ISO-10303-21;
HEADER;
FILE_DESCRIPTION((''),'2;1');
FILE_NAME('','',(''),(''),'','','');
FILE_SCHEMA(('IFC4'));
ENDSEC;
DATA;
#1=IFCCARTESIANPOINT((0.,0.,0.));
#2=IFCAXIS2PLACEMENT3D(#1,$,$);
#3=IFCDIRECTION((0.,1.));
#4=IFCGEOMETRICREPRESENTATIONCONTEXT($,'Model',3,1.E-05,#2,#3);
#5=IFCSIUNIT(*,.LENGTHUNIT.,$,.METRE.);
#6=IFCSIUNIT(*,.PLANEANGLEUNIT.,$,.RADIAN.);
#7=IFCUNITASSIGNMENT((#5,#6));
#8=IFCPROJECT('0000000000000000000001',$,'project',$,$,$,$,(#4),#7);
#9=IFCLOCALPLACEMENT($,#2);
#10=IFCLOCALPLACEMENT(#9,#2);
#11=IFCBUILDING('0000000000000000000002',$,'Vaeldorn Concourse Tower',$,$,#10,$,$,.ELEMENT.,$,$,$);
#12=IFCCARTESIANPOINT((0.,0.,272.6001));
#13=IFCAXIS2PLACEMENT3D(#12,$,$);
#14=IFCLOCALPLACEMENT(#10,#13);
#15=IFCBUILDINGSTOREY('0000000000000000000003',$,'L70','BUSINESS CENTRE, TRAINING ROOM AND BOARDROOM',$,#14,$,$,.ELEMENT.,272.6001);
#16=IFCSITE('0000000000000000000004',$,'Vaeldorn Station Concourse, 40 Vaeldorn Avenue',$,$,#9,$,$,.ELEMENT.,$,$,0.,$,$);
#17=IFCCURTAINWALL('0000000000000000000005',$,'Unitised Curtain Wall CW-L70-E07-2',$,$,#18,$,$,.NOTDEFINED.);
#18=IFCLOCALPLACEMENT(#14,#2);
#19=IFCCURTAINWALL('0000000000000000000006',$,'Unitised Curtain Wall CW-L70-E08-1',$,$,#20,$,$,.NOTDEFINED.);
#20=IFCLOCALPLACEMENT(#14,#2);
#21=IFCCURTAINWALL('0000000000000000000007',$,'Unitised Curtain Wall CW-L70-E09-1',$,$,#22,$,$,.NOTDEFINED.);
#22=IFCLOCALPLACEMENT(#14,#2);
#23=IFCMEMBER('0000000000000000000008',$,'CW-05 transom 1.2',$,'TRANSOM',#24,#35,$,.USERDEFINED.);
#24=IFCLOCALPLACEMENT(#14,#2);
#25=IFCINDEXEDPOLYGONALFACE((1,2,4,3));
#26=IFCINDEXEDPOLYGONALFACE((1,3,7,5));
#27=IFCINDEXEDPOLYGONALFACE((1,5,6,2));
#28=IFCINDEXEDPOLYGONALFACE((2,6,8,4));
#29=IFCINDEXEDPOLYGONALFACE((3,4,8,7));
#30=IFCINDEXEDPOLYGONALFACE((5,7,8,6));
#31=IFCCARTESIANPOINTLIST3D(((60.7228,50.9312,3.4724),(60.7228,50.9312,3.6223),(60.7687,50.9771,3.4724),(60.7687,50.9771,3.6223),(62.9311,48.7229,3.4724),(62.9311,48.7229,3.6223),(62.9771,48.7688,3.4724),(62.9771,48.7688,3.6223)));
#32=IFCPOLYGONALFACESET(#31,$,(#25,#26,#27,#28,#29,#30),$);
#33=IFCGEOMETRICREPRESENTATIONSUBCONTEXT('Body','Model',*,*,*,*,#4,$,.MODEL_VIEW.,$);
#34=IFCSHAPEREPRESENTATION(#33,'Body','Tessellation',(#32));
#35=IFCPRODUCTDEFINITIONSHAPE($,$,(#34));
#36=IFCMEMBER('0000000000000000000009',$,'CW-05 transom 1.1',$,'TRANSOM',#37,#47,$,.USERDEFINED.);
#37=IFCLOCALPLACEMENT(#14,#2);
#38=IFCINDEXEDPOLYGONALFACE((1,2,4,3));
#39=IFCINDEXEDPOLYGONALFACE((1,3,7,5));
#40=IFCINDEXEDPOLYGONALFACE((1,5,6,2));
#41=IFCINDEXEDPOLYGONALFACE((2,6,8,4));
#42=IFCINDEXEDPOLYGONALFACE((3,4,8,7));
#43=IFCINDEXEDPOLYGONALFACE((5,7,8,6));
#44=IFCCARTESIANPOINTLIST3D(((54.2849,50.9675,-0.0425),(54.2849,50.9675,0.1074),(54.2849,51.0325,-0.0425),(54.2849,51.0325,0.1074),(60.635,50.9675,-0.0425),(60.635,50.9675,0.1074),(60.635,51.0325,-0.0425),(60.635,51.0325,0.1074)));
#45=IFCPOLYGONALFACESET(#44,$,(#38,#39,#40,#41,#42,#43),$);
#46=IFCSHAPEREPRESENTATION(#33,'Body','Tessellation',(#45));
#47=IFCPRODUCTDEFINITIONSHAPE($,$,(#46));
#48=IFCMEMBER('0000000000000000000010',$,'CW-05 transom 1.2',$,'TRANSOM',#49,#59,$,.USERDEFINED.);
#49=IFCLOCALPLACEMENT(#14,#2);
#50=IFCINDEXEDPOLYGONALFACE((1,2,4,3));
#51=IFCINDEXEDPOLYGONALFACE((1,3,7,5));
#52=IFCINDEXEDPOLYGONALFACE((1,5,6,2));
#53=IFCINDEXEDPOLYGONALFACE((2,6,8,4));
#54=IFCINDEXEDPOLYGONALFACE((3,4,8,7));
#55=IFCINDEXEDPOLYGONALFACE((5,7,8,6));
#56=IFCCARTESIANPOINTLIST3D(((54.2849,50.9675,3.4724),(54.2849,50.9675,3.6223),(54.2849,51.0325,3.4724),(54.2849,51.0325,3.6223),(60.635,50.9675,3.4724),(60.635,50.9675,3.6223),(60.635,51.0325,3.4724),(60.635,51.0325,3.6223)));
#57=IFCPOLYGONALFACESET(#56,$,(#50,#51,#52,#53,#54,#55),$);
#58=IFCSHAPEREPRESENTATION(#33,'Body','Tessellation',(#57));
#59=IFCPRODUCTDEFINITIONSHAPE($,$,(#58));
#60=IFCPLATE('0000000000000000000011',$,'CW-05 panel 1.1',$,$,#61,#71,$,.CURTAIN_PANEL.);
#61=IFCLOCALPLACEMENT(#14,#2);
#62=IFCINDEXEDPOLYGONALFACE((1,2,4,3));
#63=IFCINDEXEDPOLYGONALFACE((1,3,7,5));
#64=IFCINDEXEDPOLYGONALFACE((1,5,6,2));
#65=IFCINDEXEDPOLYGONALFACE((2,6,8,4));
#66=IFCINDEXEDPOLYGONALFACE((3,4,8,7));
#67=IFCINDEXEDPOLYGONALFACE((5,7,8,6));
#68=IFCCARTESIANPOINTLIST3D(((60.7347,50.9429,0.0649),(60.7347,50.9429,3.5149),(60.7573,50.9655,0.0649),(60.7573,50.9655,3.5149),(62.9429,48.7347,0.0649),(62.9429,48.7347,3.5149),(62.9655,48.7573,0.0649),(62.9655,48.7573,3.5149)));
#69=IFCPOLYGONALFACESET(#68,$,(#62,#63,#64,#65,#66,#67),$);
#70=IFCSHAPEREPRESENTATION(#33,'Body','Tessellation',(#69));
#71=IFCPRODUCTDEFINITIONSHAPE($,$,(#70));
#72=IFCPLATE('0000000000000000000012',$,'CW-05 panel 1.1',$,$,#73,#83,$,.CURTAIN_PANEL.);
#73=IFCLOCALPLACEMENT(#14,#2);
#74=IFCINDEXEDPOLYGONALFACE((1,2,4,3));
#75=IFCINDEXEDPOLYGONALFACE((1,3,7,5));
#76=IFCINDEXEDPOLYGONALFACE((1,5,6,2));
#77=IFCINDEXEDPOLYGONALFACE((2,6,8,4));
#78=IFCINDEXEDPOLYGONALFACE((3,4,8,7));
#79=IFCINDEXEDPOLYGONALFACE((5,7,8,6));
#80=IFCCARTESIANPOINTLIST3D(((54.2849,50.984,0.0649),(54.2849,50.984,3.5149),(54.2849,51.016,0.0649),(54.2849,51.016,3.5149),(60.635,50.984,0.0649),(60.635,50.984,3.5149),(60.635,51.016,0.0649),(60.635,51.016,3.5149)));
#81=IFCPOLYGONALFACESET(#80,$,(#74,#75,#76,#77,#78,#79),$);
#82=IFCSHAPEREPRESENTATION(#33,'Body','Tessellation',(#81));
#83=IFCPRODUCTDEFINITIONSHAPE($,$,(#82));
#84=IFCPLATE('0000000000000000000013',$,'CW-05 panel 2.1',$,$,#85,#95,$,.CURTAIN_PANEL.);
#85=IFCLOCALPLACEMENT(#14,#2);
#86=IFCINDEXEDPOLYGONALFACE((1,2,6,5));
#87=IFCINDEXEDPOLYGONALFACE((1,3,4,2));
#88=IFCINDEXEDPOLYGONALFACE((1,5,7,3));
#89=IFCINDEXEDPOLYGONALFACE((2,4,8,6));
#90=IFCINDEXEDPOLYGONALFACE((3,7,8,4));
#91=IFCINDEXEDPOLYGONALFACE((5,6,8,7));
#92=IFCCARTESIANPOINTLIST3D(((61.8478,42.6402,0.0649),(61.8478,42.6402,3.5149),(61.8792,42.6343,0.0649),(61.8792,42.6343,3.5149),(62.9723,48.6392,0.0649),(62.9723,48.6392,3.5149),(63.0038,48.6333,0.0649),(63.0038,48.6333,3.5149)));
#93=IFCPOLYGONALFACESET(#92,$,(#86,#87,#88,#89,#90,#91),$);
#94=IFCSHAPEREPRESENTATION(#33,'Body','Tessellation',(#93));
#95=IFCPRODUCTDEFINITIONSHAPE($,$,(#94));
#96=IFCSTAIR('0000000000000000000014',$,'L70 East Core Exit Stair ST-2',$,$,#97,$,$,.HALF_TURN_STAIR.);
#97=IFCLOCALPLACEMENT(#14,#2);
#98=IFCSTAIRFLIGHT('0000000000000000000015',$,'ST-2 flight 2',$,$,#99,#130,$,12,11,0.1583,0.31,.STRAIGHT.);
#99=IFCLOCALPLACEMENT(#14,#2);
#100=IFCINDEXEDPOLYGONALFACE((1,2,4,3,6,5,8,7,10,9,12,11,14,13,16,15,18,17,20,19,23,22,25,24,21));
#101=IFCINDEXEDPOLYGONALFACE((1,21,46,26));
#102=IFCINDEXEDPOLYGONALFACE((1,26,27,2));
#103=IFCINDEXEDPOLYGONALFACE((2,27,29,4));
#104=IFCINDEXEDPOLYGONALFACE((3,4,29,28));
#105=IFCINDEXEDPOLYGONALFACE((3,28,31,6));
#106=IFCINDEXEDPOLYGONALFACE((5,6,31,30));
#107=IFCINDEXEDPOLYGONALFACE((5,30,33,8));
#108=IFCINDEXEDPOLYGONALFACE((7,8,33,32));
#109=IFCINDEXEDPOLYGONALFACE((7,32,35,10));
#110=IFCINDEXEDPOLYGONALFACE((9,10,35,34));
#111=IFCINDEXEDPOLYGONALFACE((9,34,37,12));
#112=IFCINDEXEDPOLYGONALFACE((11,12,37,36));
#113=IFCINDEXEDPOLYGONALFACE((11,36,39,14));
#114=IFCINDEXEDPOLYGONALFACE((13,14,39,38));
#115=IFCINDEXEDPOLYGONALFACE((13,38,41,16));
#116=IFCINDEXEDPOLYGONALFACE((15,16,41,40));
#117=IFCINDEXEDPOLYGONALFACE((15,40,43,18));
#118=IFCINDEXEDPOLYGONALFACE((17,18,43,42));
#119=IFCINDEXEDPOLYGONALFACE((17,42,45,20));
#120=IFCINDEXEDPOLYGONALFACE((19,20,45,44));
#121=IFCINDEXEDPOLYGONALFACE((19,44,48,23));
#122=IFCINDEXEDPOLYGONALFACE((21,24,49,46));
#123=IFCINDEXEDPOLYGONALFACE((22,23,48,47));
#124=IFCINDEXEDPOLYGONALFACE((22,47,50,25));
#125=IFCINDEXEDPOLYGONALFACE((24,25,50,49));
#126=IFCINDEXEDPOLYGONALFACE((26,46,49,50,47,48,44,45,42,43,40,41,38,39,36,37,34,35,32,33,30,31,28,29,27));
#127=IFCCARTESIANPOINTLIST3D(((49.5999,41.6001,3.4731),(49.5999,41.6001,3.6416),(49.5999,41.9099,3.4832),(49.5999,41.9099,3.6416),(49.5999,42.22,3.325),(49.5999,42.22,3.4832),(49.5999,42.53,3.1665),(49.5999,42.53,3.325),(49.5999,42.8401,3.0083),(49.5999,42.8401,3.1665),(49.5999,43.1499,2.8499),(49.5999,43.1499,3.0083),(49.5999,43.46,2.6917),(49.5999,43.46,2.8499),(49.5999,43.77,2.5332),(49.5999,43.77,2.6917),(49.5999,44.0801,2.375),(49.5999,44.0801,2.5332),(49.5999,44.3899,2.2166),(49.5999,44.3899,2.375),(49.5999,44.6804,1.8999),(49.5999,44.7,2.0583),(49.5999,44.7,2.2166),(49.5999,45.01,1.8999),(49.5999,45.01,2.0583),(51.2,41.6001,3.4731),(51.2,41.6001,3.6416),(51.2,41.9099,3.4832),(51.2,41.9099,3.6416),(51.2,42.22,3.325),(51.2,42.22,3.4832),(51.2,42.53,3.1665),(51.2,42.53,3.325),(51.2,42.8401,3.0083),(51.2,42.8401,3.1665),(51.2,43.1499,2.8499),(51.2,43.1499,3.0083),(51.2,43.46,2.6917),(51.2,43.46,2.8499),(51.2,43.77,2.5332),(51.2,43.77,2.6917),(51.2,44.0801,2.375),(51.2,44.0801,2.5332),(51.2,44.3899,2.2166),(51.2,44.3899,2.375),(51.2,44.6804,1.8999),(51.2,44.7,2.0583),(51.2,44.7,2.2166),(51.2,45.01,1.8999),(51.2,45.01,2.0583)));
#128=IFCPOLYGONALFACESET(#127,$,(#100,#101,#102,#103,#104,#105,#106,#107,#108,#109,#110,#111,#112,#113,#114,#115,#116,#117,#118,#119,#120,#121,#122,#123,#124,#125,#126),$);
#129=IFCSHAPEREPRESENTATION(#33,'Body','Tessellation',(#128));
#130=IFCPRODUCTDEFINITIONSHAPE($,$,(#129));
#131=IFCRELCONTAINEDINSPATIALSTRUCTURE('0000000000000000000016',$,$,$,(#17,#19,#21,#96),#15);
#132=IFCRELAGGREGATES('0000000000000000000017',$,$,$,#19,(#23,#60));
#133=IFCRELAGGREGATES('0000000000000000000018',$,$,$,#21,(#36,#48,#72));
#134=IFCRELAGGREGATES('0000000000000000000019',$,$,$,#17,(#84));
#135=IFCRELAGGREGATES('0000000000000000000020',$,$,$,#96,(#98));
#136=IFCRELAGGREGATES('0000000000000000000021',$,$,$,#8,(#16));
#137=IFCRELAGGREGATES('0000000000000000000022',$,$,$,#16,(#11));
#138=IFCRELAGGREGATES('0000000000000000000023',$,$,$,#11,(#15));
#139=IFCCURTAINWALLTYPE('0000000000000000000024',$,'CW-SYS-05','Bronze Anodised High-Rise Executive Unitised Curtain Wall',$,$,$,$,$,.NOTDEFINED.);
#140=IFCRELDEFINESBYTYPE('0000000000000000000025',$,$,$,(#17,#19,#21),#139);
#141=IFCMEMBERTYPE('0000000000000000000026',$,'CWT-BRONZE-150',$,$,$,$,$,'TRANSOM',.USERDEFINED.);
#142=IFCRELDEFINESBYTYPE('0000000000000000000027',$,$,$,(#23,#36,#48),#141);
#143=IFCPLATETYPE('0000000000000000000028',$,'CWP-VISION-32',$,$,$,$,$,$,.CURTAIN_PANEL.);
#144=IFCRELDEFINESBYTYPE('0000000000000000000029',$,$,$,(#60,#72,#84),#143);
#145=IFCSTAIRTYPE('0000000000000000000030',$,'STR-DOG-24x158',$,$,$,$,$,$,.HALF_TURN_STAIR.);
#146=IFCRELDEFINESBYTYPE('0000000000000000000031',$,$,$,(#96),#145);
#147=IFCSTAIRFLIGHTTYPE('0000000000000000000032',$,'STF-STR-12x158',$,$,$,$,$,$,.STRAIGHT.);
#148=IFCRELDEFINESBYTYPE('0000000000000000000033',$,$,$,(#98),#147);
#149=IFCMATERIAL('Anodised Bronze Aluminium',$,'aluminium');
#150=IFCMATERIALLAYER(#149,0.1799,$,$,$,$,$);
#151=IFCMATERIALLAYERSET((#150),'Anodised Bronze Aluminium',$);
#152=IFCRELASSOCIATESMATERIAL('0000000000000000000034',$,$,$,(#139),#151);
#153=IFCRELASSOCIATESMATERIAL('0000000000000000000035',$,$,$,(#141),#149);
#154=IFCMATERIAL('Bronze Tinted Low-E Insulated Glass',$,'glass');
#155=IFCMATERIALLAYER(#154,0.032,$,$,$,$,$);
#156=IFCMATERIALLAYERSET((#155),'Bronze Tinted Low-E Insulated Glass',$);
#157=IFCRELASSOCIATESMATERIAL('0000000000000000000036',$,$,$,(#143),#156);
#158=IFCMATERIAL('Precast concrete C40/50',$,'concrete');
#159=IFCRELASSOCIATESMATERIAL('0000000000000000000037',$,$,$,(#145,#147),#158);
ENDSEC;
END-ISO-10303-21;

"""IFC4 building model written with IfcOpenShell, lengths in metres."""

from ifc_helpers import new_model, si_unit, direction, frame, origin, origin_2d, place, context, subcontext, project, spatial, polyline, rectangle, outline, extrude, source, transform, mapped, material, layer, layer_set, material_profile, profile_set, type_object, element, aggregate, save


model = new_model("IFC4")

# Units and contexts
model_context = context("Model", 3, precision=1e-05, world=origin(), true_north=direction((0.0, 1.0)))
body_context = subcontext(model_context, "Body", "Model", "MODEL_VIEW")
ifc_project = project(units=[si_unit("LENGTHUNIT", "METRE"), si_unit("PLANEANGLEUNIT", "RADIAN")], contexts=[model_context])

# Site, building, storey
site_placement = place(None, origin())
site = spatial("IfcSite", under=ifc_project, at=site_placement, Name="Vaeldorn Station Concourse, 40 Vaeldorn Avenue", CompositionType="ELEMENT", RefElevation=0.0)
building_placement = place(site_placement, origin())
building = spatial("IfcBuilding", under=site, at=building_placement, Name="Vaeldorn Concourse Tower", CompositionType="ELEMENT")
storey_placement = place(building_placement, frame((0.0, 0.0, 272.6001)))
storey = spatial("IfcBuildingStorey", under=building, at=storey_placement, Name="L70", Description="BUSINESS CENTRE, TRAINING ROOM AND BOARDROOM", CompositionType="ELEMENT", Elevation=272.6001)

# Curtain wall
ifc_material_1 = material(Name="Anodised Bronze Aluminium", Category="aluminium")
ifc_layer_1 = layer(ifc_material_1, 0.1799)
ifc_layer_set_1 = layer_set([ifc_layer_1], Name="Anodised Bronze Aluminium")
curtain_wall_type = type_object("IfcCurtainWallType", Name="CW-SYS-05", Description="Bronze Anodised High-Rise Executive Unitised Curtain Wall", PredefinedType="NOTDEFINED", material=ifc_layer_set_1)
curtain_wall_1_placement = place(storey_placement, origin())
curtain_wall_1 = element("IfcCurtainWall", 1, at=curtain_wall_1_placement, inside=storey, type_object=curtain_wall_type, Name="Unitised Curtain Wall CW-L70-E07-2", PredefinedType="NOTDEFINED")

# Curtain walls
curtain_wall_2_placement = place(storey_placement, origin())
curtain_wall_2 = element("IfcCurtainWall", 2, at=curtain_wall_2_placement, inside=storey, type_object=curtain_wall_type, Name="Unitised Curtain Wall CW-L70-E08-1", PredefinedType="NOTDEFINED")
curtain_wall_3_placement = place(storey_placement, origin())
curtain_wall_3 = element("IfcCurtainWall", 3, at=curtain_wall_3_placement, inside=storey, type_object=curtain_wall_type, Name="Unitised Curtain Wall CW-L70-E09-1", PredefinedType="NOTDEFINED")

# Members
ifc_material_profile_1 = material_profile(ifc_material_1, rectangle(XDim=0.0649, YDim=0.1499, at=origin_2d()), Name="CWT 65x150")
ifc_profile_set_1 = profile_set([ifc_material_profile_1], Name="Anodised Bronze Aluminium")
member_type_1 = type_object("IfcMemberType", Name="CWT-BRONZE-150", ElementType="TRANSOM", PredefinedType="USERDEFINED", material=ifc_profile_set_1)
shared_shape_1 = source(origin(), body_context, "Body", "SweptSolid", [
    extrude(rectangle(XDim=0.0649, YDim=0.1499, at=origin_2d()), origin(), (0.0, 0.0, 1.0), 3.123),
])
member_1_placement = place(storey_placement, frame((62.9541, 48.7458, 3.5474), z_axis=(-0.707107, 0.707107, 0.0), x_axis=(-0.707107, -0.707107, 0.0)))
member_1 = element("IfcMember", 4, at=member_1_placement, type_object=member_type_1, Name="CW-05 transom 1.2", ObjectType="TRANSOM", PredefinedType="USERDEFINED", context=body_context, shape_type="MappedRepresentation", body=[
    mapped(shared_shape_1, transform((0.0, 0.0, 0.0), scale=1.0)),
])
shared_shape_2 = source(origin(), body_context, "Body", "SweptSolid", [
    extrude(rectangle(XDim=0.0649, YDim=0.1499, at=origin_2d()), origin(), (0.0, 0.0, 1.0), 6.3501),
])
member_2_placement = place(storey_placement, frame((60.635, 51.0, 0.0325), z_axis=(-1.0, 0.0, 0.0), x_axis=(0.0, -1.0, 0.0)))
member_2 = element("IfcMember", 5, at=member_2_placement, type_object=member_type_1, Name="CW-05 transom 1.1", ObjectType="TRANSOM", PredefinedType="USERDEFINED", context=body_context, shape_type="MappedRepresentation", body=[
    mapped(shared_shape_2, transform((0.0, 0.0, 0.0), scale=1.0)),
])
member_3_placement = place(storey_placement, frame((60.635, 51.0, 3.5474), z_axis=(-1.0, 0.0, 0.0), x_axis=(0.0, -1.0, 0.0)))
member_3 = element("IfcMember", 6, at=member_3_placement, type_object=member_type_1, Name="CW-05 transom 1.2", ObjectType="TRANSOM", PredefinedType="USERDEFINED", context=body_context, shape_type="MappedRepresentation", body=[
    mapped(shared_shape_2, transform((0.0, 0.0, 0.0), scale=1.0)),
])

# Plates
ifc_material_2 = material(Name="Bronze Tinted Low-E Insulated Glass", Category="glass")
ifc_layer_2 = layer(ifc_material_2, 0.032)
ifc_layer_set_2 = layer_set([ifc_layer_2], Name="Bronze Tinted Low-E Insulated Glass")
plate_type = type_object("IfcPlateType", Name="CWP-VISION-32", PredefinedType="CURTAIN_PANEL", material=ifc_layer_set_2)
shared_shape_3 = source(origin(), body_context, "Body", "SweptSolid", [
    extrude(rectangle(XDim=3.1228, YDim=0.032, at=origin_2d()), origin(), (0.0, 0.0, 1.0), 3.45),
])
plate_1_placement = place(storey_placement, frame((61.8501, 49.8501, 0.0649), z_axis=(0.0, 0.0, 1.0), x_axis=(-0.707107, 0.707107, 0.0)))
plate_1 = element("IfcPlate", 7, at=plate_1_placement, type_object=plate_type, Name="CW-05 panel 1.1", PredefinedType="CURTAIN_PANEL", context=body_context, shape_type="MappedRepresentation", body=[
    mapped(shared_shape_3, transform((0.0, 0.0, 0.0), scale=1.0)),
])
aggregate(curtain_wall_2, [member_1, plate_1])
shared_shape_4 = source(origin(), body_context, "Body", "SweptSolid", [
    extrude(rectangle(XDim=6.3501, YDim=0.032, at=origin_2d()), origin(), (0.0, 0.0, 1.0), 3.45),
])
plate_2_placement = place(storey_placement, frame((57.46, 51.0, 0.0649), z_axis=(0.0, 0.0, 1.0), x_axis=(-1.0, 0.0, 0.0)))
plate_2 = element("IfcPlate", 8, at=plate_2_placement, type_object=plate_type, Name="CW-05 panel 1.1", PredefinedType="CURTAIN_PANEL", context=body_context, shape_type="MappedRepresentation", body=[
    mapped(shared_shape_4, transform((0.0, 0.0, 0.0), scale=1.0)),
])
aggregate(curtain_wall_3, [member_2, member_3, plate_2])
shared_shape_5 = source(origin(), body_context, "Body", "SweptSolid", [
    extrude(rectangle(XDim=6.1035, YDim=0.032, at=origin_2d()), origin(), (0.0, 0.0, 1.0), 3.45),
])
plate_3_placement = place(storey_placement, frame((62.4258, 45.6367, 0.0649), z_axis=(0.0, 0.0, 1.0), x_axis=(0.184246, 0.98288, 0.0)))
plate_3 = element("IfcPlate", 9, at=plate_3_placement, type_object=plate_type, Name="CW-05 panel 2.1", PredefinedType="CURTAIN_PANEL", context=body_context, shape_type="MappedRepresentation", body=[
    mapped(shared_shape_5, transform((0.0, 0.0, 0.0), scale=1.0)),
])
aggregate(curtain_wall_1, [plate_3])

# Stair, stair flight
ifc_material_3 = material(Name="Precast concrete C40/50", Category="concrete")
stair_type = type_object("IfcStairType", Name="STR-DOG-24x158", PredefinedType="HALF_TURN_STAIR", material=ifc_material_3)
stair_placement = place(storey_placement, origin())
stair = element("IfcStair", 10, at=stair_placement, inside=storey, type_object=stair_type, Name="L70 East Core Exit Stair ST-2", PredefinedType="HALF_TURN_STAIR")
stair_flight_type = type_object("IfcStairFlightType", Name="STF-STR-12x158", PredefinedType="STRAIGHT", material=ifc_material_3)
stair_flight_placement = place(storey_placement, frame((50.3999, 45.01, 1.8999), z_axis=(0.0, 0.0, 1.0), x_axis=(0.0, -1.0, 0.0)))
stair_flight = element("IfcStairFlight", 11, at=stair_flight_placement, type_object=stair_flight_type, Name="ST-2 flight 2", NumberOfRisers=12, NumberOfTreads=11, PredefinedType="STRAIGHT", RiserHeight=0.1583, TreadLength=0.31, context=body_context, shape_type="SweptSolid", body=[
    extrude(outline(polyline([(0.0, 0.0), (0.0, 0.1584), (0.3101, 0.1584), (0.3101, 0.3167), (0.6201, 0.3167), (0.6201, 0.4751), (0.9299, 0.4751), (0.9299, 0.6333), (1.24, 0.6333), (1.24, 0.7917), (1.55, 0.7917), (1.55, 0.95), (1.8601, 0.95), (1.8601, 1.1084), (2.1699, 1.1084), (2.1699, 1.2666), (2.48, 1.2666), (2.48, 1.425), (2.79, 1.425), (2.79, 1.5833), (3.1001, 1.5833), (3.1001, 1.7417), (3.4099, 1.7417), (3.4099, 1.8999), (3.4099, 1.5732), (0.3296, 0.0), (0.0, 0.0)])), frame((0.0, 0.8, 0.0), z_axis=(0.0, -1.0, 0.0), x_axis=(1.0, 0.0, 0.0)), (0.0, 0.0, 1.0), 1.6001),
])
aggregate(stair, [stair_flight])

save(model, "model.ifc")
